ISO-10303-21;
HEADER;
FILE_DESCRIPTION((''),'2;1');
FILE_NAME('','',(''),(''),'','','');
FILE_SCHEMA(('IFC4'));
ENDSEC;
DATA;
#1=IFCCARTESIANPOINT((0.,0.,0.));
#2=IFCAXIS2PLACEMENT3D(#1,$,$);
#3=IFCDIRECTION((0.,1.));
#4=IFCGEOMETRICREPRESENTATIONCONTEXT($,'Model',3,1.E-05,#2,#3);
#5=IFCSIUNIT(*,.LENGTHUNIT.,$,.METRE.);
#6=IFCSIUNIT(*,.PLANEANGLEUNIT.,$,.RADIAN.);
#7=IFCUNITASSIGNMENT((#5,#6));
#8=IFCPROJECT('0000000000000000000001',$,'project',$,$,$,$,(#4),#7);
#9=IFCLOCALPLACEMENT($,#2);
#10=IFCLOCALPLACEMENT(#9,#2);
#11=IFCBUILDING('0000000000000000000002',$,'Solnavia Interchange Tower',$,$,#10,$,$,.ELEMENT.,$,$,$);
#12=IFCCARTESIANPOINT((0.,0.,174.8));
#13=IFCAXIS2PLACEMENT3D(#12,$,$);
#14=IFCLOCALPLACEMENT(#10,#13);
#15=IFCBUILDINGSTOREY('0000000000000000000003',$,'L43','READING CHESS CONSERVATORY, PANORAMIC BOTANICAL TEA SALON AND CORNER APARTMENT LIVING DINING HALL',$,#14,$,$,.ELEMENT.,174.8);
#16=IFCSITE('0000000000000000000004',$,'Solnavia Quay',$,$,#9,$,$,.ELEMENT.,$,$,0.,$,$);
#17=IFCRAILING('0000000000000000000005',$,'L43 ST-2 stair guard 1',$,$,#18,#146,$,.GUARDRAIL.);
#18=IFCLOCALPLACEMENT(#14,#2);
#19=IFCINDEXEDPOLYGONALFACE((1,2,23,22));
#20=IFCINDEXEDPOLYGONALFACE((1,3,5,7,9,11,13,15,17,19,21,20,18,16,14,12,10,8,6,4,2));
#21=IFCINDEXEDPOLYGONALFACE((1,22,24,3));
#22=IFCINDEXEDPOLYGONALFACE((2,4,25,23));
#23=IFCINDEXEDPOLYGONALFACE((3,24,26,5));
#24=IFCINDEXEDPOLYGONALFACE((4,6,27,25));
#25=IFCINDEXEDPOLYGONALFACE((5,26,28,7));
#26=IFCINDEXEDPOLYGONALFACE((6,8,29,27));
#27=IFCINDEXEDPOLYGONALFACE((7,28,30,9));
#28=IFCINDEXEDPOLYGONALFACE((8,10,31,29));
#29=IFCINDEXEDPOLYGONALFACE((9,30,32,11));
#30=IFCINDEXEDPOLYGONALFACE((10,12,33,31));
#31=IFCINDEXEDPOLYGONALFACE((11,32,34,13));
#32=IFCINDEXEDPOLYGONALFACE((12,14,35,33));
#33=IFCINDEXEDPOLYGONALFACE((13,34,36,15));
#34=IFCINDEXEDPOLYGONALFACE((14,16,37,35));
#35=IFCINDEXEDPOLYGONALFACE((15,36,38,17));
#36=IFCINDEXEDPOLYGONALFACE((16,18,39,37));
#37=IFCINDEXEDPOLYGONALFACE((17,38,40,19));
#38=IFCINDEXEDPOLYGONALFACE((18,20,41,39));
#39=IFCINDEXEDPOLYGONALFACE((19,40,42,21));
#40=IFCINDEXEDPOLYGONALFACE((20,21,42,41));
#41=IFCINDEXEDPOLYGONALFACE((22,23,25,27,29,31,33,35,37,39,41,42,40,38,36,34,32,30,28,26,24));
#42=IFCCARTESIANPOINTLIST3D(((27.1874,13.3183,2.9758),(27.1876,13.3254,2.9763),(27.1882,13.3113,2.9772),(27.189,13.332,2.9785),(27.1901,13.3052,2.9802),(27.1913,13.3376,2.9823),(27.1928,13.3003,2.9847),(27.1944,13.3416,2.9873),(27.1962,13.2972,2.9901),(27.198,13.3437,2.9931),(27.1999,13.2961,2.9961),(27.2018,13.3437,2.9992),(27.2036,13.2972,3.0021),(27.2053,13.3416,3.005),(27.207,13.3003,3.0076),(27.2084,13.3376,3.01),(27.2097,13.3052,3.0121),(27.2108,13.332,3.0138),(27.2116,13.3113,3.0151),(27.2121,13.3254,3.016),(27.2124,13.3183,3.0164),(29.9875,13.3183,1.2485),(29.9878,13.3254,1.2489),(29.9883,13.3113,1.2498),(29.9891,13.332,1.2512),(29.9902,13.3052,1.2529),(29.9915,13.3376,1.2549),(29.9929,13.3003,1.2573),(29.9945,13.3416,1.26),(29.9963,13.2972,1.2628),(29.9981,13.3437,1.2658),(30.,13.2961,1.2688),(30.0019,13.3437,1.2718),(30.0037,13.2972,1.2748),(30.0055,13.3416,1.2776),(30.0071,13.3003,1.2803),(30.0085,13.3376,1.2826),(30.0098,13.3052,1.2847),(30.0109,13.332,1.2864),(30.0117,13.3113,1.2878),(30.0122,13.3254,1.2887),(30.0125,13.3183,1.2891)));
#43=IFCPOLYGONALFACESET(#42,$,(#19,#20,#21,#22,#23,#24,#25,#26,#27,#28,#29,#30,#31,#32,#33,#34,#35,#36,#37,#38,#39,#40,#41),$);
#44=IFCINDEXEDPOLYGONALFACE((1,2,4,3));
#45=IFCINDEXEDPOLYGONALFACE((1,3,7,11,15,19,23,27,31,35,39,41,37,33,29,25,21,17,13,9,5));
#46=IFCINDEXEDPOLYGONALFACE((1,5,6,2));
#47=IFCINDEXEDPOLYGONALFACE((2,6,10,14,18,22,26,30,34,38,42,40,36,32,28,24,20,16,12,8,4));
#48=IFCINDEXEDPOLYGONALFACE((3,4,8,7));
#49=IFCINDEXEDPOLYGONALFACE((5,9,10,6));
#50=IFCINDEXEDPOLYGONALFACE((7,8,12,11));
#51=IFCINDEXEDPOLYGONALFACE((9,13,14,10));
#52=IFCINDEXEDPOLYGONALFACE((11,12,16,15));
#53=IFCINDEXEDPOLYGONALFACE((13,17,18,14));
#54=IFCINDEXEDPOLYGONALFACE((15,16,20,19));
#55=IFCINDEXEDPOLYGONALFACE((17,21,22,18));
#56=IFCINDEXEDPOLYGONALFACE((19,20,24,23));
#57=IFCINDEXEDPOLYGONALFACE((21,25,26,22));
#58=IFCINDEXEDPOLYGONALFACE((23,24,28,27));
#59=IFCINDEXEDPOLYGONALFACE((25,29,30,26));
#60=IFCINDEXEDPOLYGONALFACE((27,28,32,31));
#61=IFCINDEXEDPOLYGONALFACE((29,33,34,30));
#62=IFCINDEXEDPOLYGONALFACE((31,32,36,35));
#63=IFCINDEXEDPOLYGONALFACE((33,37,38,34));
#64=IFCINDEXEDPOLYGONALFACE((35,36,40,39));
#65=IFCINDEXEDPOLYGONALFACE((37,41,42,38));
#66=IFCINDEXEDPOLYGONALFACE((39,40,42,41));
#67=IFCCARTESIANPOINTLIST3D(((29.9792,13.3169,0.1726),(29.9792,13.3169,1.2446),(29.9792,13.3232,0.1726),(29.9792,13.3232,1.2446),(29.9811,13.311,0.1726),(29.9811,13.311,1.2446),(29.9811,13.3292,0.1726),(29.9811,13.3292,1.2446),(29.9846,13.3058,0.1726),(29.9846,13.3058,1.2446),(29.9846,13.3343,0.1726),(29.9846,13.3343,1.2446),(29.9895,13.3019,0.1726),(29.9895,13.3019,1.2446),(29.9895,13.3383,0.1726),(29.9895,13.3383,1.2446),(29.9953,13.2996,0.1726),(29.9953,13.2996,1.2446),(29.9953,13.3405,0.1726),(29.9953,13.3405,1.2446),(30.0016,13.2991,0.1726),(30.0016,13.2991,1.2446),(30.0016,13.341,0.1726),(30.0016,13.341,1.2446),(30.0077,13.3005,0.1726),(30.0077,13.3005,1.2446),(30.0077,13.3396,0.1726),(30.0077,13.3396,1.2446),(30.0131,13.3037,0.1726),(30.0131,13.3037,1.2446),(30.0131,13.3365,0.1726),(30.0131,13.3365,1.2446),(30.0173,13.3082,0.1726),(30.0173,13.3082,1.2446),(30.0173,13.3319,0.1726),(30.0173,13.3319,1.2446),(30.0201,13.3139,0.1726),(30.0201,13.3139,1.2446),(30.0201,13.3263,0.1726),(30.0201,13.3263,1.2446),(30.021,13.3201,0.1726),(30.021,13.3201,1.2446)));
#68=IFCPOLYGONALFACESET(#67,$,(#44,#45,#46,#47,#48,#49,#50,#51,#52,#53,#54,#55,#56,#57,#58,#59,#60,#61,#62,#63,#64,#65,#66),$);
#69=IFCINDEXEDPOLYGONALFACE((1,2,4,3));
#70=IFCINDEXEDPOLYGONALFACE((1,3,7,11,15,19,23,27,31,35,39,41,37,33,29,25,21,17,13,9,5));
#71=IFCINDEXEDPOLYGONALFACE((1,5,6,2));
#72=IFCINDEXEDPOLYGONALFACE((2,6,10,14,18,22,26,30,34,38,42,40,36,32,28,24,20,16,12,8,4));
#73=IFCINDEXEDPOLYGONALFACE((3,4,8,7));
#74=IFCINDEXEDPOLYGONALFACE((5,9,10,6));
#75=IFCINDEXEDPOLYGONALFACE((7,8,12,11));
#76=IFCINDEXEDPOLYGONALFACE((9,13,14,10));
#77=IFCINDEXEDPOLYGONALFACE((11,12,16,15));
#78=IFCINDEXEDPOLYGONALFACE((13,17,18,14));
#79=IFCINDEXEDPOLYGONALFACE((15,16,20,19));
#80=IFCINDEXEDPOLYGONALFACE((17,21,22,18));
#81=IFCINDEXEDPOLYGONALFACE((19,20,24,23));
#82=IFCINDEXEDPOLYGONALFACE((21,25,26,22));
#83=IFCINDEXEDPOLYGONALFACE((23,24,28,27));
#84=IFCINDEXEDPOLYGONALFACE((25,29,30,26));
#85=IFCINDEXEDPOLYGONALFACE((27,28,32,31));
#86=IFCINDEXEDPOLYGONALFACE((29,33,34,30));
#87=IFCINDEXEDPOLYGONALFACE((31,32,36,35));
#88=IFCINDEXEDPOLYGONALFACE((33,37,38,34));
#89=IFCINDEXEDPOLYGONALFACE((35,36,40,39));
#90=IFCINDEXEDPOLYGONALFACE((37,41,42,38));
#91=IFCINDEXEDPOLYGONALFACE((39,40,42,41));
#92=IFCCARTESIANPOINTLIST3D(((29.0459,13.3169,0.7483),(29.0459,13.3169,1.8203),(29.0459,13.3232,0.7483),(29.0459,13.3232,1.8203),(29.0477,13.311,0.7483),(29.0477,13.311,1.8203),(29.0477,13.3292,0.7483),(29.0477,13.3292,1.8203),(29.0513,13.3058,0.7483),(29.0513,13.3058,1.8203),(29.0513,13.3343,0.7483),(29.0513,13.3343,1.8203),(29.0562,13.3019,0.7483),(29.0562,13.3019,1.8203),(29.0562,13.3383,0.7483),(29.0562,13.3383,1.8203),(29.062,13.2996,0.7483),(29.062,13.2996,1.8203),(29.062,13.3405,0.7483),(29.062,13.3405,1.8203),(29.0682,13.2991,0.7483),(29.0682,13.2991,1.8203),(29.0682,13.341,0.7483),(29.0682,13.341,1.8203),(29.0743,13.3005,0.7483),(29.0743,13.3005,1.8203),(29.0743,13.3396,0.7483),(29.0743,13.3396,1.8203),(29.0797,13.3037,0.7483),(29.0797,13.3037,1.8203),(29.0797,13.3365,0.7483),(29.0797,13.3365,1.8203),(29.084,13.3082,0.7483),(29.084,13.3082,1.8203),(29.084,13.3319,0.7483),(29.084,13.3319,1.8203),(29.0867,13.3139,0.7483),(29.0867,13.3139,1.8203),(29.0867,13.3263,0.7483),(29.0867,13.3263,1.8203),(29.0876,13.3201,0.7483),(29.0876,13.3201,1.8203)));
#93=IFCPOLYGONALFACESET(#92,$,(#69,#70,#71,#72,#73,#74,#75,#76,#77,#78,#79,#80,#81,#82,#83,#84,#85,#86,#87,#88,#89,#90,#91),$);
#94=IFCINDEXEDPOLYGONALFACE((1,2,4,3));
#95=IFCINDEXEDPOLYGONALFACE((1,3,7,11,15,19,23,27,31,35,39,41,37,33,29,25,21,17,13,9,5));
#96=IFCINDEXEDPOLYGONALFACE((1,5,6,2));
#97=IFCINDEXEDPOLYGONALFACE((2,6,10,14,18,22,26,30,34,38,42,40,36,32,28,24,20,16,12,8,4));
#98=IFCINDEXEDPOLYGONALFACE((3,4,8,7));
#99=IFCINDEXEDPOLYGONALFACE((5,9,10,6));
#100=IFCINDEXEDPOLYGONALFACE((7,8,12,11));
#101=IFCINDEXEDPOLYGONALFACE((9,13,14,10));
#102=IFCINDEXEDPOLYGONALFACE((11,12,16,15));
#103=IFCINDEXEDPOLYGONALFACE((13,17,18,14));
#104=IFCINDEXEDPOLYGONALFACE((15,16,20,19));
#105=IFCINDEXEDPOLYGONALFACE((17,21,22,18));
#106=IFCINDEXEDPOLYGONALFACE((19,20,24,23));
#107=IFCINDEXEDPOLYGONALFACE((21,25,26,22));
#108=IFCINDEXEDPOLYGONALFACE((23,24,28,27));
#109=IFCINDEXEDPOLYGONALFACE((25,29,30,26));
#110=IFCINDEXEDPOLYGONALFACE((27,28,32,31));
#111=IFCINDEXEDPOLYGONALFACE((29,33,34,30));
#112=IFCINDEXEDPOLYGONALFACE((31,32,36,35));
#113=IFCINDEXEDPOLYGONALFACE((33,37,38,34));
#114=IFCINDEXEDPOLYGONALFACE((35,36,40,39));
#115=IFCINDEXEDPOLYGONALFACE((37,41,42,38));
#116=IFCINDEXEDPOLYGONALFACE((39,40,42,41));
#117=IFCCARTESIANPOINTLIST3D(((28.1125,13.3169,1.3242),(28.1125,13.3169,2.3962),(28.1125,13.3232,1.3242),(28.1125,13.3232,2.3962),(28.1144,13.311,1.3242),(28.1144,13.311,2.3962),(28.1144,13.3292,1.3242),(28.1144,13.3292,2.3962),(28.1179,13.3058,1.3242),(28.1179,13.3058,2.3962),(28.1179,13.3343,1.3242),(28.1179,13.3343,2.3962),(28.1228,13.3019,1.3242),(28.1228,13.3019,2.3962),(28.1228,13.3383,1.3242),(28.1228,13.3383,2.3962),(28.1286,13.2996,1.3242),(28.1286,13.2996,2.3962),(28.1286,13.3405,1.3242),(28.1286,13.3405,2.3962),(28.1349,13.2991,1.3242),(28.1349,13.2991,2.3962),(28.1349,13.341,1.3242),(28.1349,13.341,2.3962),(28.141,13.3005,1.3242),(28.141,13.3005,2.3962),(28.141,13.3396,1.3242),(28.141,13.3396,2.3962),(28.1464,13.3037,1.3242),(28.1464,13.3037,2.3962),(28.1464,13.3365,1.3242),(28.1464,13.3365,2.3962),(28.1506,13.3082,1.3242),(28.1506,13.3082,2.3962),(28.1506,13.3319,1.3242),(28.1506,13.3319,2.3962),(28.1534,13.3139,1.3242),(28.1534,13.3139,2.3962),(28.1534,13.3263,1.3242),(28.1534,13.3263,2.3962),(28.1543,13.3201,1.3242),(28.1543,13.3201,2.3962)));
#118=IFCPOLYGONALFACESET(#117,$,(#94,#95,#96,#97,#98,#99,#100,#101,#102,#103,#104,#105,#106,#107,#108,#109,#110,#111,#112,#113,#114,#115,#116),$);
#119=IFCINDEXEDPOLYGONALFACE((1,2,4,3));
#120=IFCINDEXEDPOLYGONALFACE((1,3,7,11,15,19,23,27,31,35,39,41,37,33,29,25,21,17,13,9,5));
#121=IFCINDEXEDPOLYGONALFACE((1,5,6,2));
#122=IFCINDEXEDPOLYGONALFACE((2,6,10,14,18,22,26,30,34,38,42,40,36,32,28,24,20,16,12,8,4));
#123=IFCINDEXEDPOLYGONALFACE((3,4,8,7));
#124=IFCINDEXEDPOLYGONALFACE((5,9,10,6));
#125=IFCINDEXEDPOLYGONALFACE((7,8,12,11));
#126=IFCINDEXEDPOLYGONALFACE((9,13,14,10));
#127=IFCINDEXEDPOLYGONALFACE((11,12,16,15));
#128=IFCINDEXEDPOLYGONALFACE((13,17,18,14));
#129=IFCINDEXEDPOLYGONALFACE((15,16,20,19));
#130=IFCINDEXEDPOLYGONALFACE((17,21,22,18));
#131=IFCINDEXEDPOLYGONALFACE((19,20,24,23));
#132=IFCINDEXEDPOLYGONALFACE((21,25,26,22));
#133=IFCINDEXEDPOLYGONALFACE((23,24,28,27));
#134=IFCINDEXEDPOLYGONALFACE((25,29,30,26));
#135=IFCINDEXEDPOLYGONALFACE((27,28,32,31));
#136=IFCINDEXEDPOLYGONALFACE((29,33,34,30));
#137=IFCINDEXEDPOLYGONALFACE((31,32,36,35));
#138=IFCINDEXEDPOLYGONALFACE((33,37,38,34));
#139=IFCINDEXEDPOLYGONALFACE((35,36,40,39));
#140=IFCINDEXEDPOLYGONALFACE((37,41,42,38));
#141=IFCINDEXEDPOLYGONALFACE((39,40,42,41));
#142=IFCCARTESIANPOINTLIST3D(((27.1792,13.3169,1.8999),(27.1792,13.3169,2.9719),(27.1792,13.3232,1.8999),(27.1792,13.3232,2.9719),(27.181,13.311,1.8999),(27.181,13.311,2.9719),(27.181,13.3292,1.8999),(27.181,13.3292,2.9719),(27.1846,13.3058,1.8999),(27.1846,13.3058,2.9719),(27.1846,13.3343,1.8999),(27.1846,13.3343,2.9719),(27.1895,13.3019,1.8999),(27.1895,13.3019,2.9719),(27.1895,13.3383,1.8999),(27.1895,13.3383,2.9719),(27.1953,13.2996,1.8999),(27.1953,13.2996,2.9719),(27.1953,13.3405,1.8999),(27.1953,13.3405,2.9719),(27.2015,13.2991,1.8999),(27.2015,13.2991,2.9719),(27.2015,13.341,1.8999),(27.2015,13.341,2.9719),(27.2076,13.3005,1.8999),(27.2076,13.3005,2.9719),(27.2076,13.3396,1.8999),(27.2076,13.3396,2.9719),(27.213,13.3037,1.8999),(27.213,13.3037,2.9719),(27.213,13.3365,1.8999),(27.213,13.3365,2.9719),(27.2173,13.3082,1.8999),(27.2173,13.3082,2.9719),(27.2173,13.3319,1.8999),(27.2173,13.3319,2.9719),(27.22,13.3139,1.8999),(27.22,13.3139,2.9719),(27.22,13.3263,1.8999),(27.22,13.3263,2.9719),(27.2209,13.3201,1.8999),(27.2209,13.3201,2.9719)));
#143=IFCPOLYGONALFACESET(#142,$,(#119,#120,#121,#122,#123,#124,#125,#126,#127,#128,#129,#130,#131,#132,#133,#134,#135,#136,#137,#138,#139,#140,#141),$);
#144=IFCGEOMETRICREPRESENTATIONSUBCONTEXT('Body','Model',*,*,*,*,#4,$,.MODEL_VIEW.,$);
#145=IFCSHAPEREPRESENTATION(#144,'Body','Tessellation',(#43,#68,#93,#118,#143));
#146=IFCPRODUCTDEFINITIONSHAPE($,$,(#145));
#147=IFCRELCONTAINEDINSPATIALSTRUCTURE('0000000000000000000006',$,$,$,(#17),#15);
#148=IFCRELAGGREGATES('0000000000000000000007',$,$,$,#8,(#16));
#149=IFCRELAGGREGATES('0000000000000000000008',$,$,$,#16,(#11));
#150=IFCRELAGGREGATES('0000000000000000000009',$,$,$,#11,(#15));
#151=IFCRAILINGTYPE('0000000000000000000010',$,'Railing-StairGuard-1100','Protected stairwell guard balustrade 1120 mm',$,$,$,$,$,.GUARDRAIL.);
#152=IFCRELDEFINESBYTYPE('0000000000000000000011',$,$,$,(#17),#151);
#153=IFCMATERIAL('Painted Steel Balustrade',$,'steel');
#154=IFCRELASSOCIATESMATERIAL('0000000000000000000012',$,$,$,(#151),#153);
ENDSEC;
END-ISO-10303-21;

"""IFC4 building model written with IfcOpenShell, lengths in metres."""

from ifc_helpers import new_model, si_unit, direction, frame, origin, origin_2d, place, context, subcontext, project, spatial, circle, extrude, material, type_object, element, save


model = new_model("IFC4")

# Units and contexts
model_context = context("Model", 3, precision=1e-05, world=origin(), true_north=direction((0.0, 1.0)))
body_context = subcontext(model_context, "Body", "Model", "MODEL_VIEW")
ifc_project = project(units=[si_unit("LENGTHUNIT", "METRE"), si_unit("PLANEANGLEUNIT", "RADIAN")], contexts=[model_context])

# Site, building, storey
site_placement = place(None, origin())
site = spatial("IfcSite", under=ifc_project, at=site_placement, Name="Solnavia Quay", CompositionType="ELEMENT", RefElevation=0.0)
building_placement = place(site_placement, origin())
building = spatial("IfcBuilding", under=site, at=building_placement, Name="Solnavia Interchange Tower", CompositionType="ELEMENT")
storey_placement = place(building_placement, frame((0.0, 0.0, 174.8)))
storey = spatial("IfcBuildingStorey", under=building, at=storey_placement, Name="L43", Description="READING CHESS CONSERVATORY, PANORAMIC BOTANICAL TEA SALON AND CORNER APARTMENT LIVING DINING HALL", CompositionType="ELEMENT", Elevation=174.8)

# Railing
ifc_material_1 = material(Name="Painted Steel Balustrade", Category="steel")
railing_type_1 = type_object("IfcRailingType", Name="Railing-StairGuard-1100", Description="Protected stairwell guard balustrade 1120 mm", PredefinedType="GUARDRAIL", material=ifc_material_1)
railing_1_placement = place(storey_placement, frame((30.0, 13.3201, 0.1726)))
element("IfcRailing", 1, at=railing_1_placement, inside=storey, type_object=railing_type_1, Name="L43 ST-2 stair guard 1", PredefinedType="GUARDRAIL", context=body_context, shape_type="SweptSolid", body=[
    extrude(circle(Radius=0.0239, at=origin_2d()), frame((0.0, 0.0, 1.0962), z_axis=(-0.85109, 0.0, 0.52502), x_axis=(0.0, -1.0, 0.0)), (0.0, 0.0, 1.0), 3.29),
    extrude(circle(Radius=0.021, at=origin_2d()), origin(), (0.0, 0.0, 1.0), 1.072),
    extrude(circle(Radius=0.021, at=origin_2d()), frame((-0.9333, 0.0, 0.5757)), (0.0, 0.0, 1.0), 1.072),
    extrude(circle(Radius=0.021, at=origin_2d()), frame((-1.8667, 0.0, 1.1516)), (0.0, 0.0, 1.0), 1.072),
    extrude(circle(Radius=0.021, at=origin_2d()), frame((-2.8, 0.0, 1.7273)), (0.0, 0.0, 1.0), 1.072),
])

save(model, "model.ifc")
